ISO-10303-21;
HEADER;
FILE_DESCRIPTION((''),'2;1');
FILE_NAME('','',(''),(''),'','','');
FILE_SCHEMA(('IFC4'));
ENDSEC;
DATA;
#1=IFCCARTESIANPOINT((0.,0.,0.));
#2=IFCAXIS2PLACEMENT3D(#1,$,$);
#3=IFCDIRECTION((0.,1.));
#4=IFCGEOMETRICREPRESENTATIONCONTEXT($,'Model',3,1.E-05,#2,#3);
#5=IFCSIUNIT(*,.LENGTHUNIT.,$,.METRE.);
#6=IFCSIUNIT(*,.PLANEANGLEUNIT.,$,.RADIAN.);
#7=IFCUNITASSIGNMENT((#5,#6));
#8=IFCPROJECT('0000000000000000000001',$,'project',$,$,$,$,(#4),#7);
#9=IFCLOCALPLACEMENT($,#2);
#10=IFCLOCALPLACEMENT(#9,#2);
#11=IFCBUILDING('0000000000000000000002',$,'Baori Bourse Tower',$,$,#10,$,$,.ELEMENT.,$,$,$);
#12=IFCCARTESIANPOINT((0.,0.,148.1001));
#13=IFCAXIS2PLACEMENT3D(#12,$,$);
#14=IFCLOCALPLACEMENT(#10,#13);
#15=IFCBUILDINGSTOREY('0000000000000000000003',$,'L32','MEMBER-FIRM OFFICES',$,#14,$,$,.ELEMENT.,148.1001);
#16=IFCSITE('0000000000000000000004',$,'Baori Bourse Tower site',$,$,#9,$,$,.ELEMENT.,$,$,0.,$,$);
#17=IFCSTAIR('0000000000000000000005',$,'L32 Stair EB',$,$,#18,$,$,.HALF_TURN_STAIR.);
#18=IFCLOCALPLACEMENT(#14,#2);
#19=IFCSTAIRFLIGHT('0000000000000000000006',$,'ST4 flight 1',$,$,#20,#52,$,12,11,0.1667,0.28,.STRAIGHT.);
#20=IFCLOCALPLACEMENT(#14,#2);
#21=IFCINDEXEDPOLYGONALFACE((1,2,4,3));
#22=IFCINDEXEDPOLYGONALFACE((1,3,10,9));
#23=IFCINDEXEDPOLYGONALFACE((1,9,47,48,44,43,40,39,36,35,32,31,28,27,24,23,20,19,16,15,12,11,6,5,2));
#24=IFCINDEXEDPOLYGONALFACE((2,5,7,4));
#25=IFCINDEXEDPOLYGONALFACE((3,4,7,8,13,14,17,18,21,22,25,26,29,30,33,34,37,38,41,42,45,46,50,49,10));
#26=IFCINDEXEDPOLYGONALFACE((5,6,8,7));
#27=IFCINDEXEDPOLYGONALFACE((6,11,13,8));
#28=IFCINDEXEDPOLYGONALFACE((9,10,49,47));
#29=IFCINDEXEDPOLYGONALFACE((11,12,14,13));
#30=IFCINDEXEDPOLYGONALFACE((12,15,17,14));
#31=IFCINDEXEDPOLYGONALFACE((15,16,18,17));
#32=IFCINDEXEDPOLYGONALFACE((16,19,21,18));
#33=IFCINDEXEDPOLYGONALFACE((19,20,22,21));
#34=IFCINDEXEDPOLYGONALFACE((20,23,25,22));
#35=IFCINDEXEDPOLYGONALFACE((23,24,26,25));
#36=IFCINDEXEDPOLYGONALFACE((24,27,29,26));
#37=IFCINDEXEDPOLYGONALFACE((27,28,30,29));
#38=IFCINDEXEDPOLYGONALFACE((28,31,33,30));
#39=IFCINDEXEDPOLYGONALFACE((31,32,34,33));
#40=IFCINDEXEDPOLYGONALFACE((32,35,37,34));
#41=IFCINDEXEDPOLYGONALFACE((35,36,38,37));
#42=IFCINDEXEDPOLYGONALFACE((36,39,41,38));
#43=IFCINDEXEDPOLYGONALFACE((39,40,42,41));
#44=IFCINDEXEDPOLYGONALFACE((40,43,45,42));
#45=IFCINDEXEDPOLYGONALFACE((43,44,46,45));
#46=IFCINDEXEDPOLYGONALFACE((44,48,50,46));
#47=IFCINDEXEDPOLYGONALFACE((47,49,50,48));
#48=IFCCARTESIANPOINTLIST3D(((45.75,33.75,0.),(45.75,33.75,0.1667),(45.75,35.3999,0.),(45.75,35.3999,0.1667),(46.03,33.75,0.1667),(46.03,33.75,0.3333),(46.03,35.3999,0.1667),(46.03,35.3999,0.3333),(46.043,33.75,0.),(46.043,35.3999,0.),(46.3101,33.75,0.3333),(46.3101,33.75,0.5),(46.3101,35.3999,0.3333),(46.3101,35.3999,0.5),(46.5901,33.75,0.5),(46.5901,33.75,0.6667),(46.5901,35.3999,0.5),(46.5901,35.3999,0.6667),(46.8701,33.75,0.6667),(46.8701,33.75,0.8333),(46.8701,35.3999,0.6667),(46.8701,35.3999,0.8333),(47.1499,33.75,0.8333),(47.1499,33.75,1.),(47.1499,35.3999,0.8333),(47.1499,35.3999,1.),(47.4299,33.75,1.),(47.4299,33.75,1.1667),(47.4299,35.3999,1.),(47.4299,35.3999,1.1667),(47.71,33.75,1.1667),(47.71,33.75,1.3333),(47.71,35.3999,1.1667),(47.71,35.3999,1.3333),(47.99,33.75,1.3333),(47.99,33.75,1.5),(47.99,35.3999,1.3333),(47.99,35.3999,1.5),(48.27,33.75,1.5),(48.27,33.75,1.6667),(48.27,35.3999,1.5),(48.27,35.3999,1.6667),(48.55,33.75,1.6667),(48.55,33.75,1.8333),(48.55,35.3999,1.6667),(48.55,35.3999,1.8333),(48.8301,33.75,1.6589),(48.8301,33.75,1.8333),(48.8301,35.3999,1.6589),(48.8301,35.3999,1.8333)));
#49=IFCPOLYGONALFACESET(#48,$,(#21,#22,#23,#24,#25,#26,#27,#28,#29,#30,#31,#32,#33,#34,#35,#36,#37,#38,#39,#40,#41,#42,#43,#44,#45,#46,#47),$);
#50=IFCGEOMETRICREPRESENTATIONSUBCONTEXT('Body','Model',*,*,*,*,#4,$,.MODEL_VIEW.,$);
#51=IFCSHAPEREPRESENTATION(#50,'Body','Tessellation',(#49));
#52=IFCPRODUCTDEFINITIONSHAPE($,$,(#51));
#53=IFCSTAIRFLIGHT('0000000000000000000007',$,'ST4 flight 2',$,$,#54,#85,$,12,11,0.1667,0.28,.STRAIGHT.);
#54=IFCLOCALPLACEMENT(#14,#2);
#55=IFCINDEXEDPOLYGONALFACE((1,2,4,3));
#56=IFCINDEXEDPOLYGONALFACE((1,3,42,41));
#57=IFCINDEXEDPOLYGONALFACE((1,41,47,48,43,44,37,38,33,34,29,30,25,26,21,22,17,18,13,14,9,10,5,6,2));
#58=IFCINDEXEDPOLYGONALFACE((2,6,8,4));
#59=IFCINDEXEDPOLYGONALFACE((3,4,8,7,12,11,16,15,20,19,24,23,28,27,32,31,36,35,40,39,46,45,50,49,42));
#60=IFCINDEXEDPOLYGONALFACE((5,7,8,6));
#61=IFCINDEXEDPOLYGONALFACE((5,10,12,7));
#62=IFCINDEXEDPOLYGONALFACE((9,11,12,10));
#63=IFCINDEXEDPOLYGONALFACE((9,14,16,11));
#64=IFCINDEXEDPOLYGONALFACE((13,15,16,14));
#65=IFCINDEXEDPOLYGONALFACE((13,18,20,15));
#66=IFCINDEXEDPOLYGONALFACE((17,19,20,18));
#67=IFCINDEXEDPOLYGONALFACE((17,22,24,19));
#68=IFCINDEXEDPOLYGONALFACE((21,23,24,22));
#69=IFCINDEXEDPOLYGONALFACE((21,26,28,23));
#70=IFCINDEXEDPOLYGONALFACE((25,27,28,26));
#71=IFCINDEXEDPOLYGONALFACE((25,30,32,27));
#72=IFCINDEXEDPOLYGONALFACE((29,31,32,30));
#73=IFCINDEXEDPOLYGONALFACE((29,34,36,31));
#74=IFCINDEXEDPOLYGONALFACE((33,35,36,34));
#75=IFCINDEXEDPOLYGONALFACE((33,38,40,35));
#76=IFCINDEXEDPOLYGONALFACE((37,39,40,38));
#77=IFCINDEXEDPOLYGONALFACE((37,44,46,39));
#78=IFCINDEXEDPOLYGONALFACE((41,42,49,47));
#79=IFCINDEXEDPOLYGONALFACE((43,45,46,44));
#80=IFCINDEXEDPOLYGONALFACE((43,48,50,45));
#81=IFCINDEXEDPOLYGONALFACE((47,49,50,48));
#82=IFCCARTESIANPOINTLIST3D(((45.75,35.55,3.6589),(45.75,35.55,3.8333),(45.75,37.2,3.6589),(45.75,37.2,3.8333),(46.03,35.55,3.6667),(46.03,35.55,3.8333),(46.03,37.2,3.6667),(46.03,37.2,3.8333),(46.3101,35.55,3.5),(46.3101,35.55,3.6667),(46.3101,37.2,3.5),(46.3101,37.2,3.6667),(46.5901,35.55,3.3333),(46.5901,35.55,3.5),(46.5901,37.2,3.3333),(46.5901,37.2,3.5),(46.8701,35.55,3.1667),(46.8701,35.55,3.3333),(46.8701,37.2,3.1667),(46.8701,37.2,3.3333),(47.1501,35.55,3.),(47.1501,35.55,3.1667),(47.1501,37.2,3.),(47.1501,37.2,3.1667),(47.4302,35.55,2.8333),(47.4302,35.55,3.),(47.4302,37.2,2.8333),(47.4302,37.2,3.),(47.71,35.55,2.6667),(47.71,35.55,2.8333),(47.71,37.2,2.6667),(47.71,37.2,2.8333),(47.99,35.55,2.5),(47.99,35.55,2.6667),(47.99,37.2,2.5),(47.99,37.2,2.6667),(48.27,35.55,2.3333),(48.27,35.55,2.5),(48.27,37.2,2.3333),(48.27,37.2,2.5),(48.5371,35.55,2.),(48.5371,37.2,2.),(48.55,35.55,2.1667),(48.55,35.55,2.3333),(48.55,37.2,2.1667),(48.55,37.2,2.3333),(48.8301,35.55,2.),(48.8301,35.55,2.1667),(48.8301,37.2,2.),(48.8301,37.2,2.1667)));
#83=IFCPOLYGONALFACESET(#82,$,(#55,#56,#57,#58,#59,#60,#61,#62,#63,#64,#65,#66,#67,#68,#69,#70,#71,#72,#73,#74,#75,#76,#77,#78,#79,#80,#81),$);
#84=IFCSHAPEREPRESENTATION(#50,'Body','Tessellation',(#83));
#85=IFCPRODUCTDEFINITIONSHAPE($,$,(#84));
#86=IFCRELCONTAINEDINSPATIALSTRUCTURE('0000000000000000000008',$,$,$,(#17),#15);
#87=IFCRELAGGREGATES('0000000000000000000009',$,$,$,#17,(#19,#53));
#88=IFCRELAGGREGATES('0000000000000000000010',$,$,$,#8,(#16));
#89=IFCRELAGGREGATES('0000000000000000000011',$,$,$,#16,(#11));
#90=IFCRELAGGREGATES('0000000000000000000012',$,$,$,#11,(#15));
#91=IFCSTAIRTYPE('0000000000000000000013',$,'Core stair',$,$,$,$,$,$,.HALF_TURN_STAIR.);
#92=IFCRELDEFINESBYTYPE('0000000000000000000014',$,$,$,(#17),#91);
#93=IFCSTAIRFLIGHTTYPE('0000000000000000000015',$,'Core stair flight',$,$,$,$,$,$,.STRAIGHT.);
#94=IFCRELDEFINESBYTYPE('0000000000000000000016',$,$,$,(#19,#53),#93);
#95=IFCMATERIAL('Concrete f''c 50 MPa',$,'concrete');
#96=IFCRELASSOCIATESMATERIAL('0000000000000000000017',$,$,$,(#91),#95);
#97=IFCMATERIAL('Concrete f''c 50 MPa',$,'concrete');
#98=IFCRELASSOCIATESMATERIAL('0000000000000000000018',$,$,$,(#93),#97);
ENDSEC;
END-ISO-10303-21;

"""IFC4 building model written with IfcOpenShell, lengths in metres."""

from ifc_helpers import new_model, si_unit, direction, frame, origin, place, context, subcontext, project, spatial, polyline, outline, extrude, material, type_object, element, aggregate, save


model = new_model("IFC4")

# Units and contexts
model_context = context("Model", 3, precision=1e-05, world=origin(), true_north=direction((0.0, 1.0)))
body_context = subcontext(model_context, "Body", "Model", "MODEL_VIEW")
ifc_project = project(units=[si_unit("LENGTHUNIT", "METRE"), si_unit("PLANEANGLEUNIT", "RADIAN")], contexts=[model_context])

# Site, building, storey
site_placement = place(None, origin())
site = spatial("IfcSite", under=ifc_project, at=site_placement, Name="Baori Bourse Tower site", CompositionType="ELEMENT", RefElevation=0.0)
building_placement = place(site_placement, origin())
building = spatial("IfcBuilding", under=site, at=building_placement, Name="Baori Bourse Tower", CompositionType="ELEMENT")
storey_placement = place(building_placement, frame((0.0, 0.0, 148.1001)))
storey = spatial("IfcBuildingStorey", under=building, at=storey_placement, Name="L32", Description="MEMBER-FIRM OFFICES", CompositionType="ELEMENT", Elevation=148.1001)

# Stair, stair flights
ifc_material_1 = material(Name="Concrete f'c 50 MPa", Category="concrete")
stair_type = type_object("IfcStairType", Name="Core stair", PredefinedType="HALF_TURN_STAIR", material=ifc_material_1)
stair_placement = place(storey_placement, origin())
stair = element("IfcStair", 1, at=stair_placement, inside=storey, type_object=stair_type, Name="L32 Stair EB", PredefinedType="HALF_TURN_STAIR")
ifc_material_2 = material(Name="Concrete f'c 50 MPa", Category="concrete")
stair_flight_type = type_object("IfcStairFlightType", Name="Core stair flight", PredefinedType="STRAIGHT", material=ifc_material_2)
stair_flight_1_placement = place(storey_placement, frame((45.75, 34.575, 0.0), z_axis=(0.0, 0.0, 1.0), x_axis=(1.0, 0.0, 0.0)))
stair_flight_1 = element("IfcStairFlight", 2, at=stair_flight_1_placement, type_object=stair_flight_type, Name="ST4 flight 1", NumberOfRisers=12, NumberOfTreads=11, PredefinedType="STRAIGHT", RiserHeight=0.1667, TreadLength=0.28, context=body_context, shape_type="SweptSolid", body=[
    extrude(outline(polyline([(0.0, 0.0), (0.0, 0.1667), (0.28, 0.1667), (0.28, 0.3333), (0.5601, 0.3333), (0.5601, 0.5), (0.8401, 0.5), (0.8401, 0.6667), (1.1201, 0.6667), (1.1201, 0.8333), (1.3999, 0.8333), (1.3999, 1.0), (1.6799, 1.0), (1.6799, 1.1667), (1.96, 1.1667), (1.96, 1.3333), (2.24, 1.3333), (2.24, 1.5), (2.52, 1.5), (2.52, 1.6667), (2.8, 1.6667), (2.8, 1.8333), (3.0801, 1.8333), (3.0801, 2.0), (3.0801, 1.6589), (0.293, 0.0), (0.0, 0.0)])), frame((0.0, 0.825, 0.0), z_axis=(0.0, -1.0, 0.0), x_axis=(1.0, 0.0, 0.0)), (0.0, 0.0, 1.0), 1.6499),
])
stair_flight_2_placement = place(storey_placement, frame((48.8301, 36.375, 2.0), z_axis=(0.0, 0.0, 1.0), x_axis=(-1.0, 0.0, 0.0)))
stair_flight_2 = element("IfcStairFlight", 3, at=stair_flight_2_placement, type_object=stair_flight_type, Name="ST4 flight 2", NumberOfRisers=12, NumberOfTreads=11, PredefinedType="STRAIGHT", RiserHeight=0.1667, TreadLength=0.28, context=body_context, shape_type="SweptSolid", body=[
    extrude(outline(polyline([(0.0, 0.0), (0.0, 0.1667), (0.28, 0.1667), (0.28, 0.3333), (0.5601, 0.3333), (0.5601, 0.5), (0.8401, 0.5), (0.8401, 0.6667), (1.1201, 0.6667), (1.1201, 0.8333), (1.3999, 0.8333), (1.3999, 1.0), (1.6799, 1.0), (1.6799, 1.1667), (1.96, 1.1667), (1.96, 1.3333), (2.24, 1.3333), (2.24, 1.5), (2.52, 1.5), (2.52, 1.6667), (2.8, 1.6667), (2.8, 1.8333), (3.0801, 1.8333), (3.0801, 2.0), (3.0801, 1.6589), (0.293, 0.0), (0.0, 0.0)])), frame((0.0, 0.825, 0.0), z_axis=(0.0, -1.0, 0.0), x_axis=(1.0, 0.0, 0.0)), (0.0, 0.0, 1.0), 1.6499),
])
aggregate(stair, [stair_flight_1, stair_flight_2])

save(model, "model.ifc")
